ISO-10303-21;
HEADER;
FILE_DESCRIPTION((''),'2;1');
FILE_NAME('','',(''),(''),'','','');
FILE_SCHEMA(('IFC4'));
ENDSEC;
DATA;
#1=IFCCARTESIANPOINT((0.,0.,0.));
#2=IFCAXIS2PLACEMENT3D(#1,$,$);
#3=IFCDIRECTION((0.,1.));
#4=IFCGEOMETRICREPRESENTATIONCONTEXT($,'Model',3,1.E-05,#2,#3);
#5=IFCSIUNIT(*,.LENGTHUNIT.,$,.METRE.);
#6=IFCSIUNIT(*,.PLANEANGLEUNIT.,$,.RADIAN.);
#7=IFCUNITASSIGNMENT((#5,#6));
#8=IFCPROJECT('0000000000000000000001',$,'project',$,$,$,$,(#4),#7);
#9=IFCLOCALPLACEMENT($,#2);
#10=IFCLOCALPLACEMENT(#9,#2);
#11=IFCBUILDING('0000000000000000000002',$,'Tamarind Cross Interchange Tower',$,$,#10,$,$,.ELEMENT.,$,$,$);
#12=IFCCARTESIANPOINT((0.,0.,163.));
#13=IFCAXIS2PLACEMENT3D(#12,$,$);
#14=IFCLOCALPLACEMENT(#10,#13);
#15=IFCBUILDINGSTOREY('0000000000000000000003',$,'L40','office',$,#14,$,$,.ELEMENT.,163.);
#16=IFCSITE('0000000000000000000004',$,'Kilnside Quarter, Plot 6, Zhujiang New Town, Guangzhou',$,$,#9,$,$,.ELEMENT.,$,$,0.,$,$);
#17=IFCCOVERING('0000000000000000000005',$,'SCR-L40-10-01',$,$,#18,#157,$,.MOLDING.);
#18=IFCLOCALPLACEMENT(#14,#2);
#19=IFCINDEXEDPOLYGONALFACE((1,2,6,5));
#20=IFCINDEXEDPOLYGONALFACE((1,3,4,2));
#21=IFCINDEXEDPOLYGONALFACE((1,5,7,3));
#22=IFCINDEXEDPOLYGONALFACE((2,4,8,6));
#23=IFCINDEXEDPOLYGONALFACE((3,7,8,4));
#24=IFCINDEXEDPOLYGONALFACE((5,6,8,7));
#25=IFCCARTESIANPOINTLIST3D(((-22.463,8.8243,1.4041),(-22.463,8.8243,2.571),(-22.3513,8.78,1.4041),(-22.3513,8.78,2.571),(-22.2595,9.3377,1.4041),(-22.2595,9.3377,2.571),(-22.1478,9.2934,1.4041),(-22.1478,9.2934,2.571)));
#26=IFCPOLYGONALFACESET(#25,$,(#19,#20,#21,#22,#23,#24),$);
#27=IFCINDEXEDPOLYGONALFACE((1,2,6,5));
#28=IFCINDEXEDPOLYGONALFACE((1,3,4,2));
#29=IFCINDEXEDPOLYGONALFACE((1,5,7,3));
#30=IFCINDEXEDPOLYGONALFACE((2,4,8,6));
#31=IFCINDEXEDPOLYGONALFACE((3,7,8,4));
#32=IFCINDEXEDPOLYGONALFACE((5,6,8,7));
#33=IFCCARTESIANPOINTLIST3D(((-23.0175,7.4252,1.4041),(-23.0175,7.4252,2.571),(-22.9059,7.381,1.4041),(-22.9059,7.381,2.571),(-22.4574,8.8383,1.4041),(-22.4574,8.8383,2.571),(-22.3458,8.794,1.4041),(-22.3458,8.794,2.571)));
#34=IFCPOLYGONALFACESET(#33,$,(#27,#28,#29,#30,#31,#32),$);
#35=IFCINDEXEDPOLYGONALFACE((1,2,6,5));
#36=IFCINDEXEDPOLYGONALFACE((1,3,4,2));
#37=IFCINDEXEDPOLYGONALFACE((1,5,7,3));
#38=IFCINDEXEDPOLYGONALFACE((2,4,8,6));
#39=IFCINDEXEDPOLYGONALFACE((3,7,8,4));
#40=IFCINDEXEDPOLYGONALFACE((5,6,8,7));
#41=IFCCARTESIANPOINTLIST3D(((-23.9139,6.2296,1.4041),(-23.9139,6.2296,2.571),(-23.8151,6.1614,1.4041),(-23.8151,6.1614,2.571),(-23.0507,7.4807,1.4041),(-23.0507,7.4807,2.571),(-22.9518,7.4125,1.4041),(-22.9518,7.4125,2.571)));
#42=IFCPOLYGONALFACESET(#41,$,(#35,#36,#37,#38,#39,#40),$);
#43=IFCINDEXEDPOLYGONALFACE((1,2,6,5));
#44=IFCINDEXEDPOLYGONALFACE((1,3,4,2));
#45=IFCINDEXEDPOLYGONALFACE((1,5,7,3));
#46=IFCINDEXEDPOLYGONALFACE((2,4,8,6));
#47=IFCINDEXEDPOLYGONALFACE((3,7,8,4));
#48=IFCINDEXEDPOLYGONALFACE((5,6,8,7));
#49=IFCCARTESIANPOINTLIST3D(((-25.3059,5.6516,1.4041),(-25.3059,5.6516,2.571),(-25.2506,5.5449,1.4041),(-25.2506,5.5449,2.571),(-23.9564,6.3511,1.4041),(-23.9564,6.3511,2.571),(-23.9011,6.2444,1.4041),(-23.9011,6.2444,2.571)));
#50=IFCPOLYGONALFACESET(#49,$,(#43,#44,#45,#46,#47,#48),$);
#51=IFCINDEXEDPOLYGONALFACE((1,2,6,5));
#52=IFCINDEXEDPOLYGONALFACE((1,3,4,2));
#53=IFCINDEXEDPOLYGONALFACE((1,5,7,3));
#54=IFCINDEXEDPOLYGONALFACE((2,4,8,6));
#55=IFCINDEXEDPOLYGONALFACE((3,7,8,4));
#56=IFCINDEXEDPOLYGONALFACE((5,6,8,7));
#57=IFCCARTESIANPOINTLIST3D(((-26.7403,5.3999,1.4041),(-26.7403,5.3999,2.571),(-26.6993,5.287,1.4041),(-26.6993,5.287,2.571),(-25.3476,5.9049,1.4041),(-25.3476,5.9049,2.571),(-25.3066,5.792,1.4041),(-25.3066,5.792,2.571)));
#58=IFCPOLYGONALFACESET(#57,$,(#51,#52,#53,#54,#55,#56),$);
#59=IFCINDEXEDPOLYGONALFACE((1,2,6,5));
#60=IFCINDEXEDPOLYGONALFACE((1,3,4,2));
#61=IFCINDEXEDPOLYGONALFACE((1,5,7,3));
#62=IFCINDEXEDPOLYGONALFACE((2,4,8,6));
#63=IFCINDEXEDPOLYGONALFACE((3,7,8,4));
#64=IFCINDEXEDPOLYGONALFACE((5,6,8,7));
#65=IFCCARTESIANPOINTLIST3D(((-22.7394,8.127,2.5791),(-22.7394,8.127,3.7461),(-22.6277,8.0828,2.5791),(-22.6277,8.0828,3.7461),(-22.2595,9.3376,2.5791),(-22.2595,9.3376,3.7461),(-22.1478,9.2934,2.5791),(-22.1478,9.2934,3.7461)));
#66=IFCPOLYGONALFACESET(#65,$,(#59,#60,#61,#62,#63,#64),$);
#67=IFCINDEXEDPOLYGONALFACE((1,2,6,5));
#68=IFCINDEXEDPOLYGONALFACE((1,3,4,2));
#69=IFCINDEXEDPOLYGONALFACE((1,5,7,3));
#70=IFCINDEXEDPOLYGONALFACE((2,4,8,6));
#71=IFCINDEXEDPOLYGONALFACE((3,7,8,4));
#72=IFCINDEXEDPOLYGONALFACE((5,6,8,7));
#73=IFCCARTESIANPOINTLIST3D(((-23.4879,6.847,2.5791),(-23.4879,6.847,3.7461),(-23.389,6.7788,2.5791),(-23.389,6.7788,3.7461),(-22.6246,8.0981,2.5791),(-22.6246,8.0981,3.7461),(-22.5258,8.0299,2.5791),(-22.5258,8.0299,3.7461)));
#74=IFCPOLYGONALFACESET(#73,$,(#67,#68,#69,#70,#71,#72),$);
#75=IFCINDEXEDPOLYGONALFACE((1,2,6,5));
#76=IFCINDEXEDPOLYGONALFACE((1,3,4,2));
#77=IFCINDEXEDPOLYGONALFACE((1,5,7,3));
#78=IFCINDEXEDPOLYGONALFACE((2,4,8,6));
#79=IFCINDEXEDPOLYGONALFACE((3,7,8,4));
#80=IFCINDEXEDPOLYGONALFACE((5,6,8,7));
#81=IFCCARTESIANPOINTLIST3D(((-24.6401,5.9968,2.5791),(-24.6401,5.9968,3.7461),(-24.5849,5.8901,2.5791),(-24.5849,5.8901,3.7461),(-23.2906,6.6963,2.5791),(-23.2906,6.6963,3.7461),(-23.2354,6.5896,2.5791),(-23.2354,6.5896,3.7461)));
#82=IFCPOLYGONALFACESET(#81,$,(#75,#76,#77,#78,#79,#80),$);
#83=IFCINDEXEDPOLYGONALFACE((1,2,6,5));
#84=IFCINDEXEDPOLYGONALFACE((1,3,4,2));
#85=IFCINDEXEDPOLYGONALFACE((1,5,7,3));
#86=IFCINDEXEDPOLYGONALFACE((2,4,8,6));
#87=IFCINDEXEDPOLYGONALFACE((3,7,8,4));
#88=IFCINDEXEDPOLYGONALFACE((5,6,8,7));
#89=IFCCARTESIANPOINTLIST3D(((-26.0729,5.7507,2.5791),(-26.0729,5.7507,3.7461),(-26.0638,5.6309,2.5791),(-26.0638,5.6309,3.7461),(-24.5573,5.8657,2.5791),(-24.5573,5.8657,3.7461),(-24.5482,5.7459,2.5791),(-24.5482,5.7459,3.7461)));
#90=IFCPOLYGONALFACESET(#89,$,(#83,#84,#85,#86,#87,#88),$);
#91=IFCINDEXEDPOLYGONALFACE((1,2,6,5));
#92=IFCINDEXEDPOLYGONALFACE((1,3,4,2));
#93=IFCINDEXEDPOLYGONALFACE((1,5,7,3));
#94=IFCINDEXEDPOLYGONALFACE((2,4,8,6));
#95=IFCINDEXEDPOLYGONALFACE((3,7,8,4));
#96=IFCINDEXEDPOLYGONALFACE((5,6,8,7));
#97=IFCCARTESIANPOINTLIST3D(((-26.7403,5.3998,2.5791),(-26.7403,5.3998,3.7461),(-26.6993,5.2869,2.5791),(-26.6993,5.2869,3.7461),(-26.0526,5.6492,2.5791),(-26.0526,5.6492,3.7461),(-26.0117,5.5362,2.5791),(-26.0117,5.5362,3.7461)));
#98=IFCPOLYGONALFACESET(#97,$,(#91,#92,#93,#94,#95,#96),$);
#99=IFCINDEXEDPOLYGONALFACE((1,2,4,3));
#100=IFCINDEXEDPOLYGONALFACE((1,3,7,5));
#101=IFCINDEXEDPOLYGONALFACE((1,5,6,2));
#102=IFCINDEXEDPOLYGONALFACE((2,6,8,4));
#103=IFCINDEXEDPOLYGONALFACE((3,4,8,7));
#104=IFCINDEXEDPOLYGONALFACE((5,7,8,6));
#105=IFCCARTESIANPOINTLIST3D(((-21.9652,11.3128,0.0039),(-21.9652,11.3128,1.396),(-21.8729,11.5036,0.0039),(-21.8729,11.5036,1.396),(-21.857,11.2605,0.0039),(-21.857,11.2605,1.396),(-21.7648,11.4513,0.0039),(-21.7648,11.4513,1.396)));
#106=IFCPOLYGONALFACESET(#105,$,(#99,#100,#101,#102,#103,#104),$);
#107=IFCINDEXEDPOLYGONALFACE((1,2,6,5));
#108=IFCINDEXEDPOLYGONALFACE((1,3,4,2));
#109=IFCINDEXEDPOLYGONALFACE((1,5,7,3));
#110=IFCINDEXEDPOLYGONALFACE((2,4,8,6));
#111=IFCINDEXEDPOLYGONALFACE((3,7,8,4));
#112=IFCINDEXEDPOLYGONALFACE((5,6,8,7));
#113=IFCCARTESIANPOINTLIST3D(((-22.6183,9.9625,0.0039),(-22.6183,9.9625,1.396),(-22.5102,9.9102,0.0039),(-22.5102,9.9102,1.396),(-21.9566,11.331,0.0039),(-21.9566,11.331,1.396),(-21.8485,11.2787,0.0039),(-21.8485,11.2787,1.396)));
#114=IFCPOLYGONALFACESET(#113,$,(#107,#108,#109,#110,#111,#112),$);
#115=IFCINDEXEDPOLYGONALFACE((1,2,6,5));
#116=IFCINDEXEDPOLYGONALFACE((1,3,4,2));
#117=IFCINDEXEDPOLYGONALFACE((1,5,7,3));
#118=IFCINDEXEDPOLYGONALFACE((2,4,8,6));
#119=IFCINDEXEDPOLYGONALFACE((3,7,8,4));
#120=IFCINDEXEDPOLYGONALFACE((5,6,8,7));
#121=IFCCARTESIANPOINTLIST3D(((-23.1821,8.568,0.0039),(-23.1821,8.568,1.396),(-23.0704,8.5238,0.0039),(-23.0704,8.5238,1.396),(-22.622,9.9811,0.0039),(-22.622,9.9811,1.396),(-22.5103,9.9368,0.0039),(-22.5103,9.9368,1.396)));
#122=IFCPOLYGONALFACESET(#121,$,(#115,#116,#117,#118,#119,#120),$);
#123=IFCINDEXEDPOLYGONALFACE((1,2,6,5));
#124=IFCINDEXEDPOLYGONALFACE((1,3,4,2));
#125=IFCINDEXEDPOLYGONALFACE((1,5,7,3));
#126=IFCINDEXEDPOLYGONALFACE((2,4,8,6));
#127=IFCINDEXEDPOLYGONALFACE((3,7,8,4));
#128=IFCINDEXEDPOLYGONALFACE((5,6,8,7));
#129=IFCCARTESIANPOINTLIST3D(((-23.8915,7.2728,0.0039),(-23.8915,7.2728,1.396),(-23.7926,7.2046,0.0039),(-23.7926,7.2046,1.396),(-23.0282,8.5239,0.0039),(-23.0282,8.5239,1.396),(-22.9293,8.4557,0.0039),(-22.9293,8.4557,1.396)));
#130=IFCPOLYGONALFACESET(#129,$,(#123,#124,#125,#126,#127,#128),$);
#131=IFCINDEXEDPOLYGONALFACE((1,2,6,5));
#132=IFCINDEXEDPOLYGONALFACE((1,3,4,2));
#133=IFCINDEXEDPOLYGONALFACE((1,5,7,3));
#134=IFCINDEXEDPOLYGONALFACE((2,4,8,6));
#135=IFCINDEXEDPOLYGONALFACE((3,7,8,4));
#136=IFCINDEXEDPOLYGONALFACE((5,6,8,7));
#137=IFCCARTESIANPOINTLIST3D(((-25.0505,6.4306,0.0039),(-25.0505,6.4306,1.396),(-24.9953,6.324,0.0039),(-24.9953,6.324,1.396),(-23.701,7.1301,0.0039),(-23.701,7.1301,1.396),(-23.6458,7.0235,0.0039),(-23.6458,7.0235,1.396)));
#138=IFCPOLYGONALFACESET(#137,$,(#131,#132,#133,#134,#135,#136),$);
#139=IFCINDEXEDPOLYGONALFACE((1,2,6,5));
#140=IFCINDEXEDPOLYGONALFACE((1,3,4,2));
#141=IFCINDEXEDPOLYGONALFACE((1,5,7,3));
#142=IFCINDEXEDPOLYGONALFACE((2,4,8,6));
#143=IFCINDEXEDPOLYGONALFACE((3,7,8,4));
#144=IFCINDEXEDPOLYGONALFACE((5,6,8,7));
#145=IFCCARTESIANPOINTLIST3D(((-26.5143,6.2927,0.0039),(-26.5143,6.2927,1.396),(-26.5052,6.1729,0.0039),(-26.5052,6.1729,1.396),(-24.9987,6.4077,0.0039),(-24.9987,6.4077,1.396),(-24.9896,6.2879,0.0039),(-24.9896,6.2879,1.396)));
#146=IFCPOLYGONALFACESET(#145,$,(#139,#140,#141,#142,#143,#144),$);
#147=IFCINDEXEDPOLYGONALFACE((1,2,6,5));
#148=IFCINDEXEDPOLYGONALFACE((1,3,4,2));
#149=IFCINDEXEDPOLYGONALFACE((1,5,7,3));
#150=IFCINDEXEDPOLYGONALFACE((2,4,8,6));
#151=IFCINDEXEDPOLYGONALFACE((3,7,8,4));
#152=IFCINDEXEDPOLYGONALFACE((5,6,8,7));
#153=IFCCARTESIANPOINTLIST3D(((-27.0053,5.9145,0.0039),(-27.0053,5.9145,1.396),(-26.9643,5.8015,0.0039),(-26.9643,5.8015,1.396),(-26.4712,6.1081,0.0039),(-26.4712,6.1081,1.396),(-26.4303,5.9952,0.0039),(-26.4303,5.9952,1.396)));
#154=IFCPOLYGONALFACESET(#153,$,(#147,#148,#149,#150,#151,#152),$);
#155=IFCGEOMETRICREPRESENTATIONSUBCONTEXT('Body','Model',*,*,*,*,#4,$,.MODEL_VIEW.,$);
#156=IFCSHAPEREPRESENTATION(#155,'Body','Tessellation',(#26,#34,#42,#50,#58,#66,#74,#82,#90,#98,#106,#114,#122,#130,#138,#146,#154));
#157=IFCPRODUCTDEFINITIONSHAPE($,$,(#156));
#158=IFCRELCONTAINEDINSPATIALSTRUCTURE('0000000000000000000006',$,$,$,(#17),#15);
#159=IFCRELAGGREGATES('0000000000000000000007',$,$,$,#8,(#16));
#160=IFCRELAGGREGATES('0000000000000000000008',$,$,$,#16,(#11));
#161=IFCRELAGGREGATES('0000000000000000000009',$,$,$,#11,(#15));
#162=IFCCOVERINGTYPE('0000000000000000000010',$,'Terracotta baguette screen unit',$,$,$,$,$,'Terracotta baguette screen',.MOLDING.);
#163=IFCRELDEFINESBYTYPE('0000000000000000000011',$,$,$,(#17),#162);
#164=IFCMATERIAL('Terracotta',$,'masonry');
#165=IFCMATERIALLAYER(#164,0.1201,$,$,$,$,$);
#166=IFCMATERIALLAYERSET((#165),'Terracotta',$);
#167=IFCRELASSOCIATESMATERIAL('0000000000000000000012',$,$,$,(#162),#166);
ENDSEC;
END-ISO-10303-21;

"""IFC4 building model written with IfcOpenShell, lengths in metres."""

from ifc_helpers import new_model, si_unit, direction, frame, origin, origin_2d, place, context, subcontext, project, spatial, rectangle, extrude, material, layer, layer_set, type_object, element, save


model = new_model("IFC4")

# Units and contexts
model_context = context("Model", 3, precision=1e-05, world=origin(), true_north=direction((0.0, 1.0)))
body_context = subcontext(model_context, "Body", "Model", "MODEL_VIEW")
ifc_project = project(units=[si_unit("LENGTHUNIT", "METRE"), si_unit("PLANEANGLEUNIT", "RADIAN")], contexts=[model_context])

# Site, building, storey
site_placement = place(None, origin())
site = spatial("IfcSite", under=ifc_project, at=site_placement, Name="Kilnside Quarter, Plot 6, Zhujiang New Town, Guangzhou", CompositionType="ELEMENT", RefElevation=0.0)
building_placement = place(site_placement, origin())
building = spatial("IfcBuilding", under=site, at=building_placement, Name="Tamarind Cross Interchange Tower", CompositionType="ELEMENT")
storey_placement = place(building_placement, frame((0.0, 0.0, 163.0)))
storey = spatial("IfcBuildingStorey", under=building, at=storey_placement, Name="L40", Description="office", CompositionType="ELEMENT", Elevation=163.0)

# Covering
ifc_material_1 = material(Name="Terracotta", Category="masonry")
ifc_layer_1 = layer(ifc_material_1, 0.1201)
ifc_layer_set_1 = layer_set([ifc_layer_1], Name="Terracotta")
covering_type = type_object("IfcCoveringType", Name="Terracotta baguette screen unit", ElementType="Terracotta baguette screen", PredefinedType="MOLDING", material=ifc_layer_set_1)
covering_1_placement = place(storey_placement, origin())
element("IfcCovering", 1, at=covering_1_placement, inside=storey, type_object=covering_type, Name="SCR-L40-10-01", PredefinedType="MOLDING", context=body_context, shape_type="SweptSolid", body=[
    extrude(rectangle(XDim=0.5522, YDim=0.1201, at=origin_2d()), frame((-22.3054, 9.0588, 1.4041), z_axis=(0.0, 0.0, 1.0), x_axis=(-0.368473, -0.929639, 0.0)), (0.0, 0.0, 1.0), 1.167),
    extrude(rectangle(XDim=1.52, YDim=0.1201, at=origin_2d()), frame((-22.6816, 8.1096, 1.4041), z_axis=(0.0, 0.0, 1.0), x_axis=(-0.368473, -0.929639, 0.0)), (0.0, 0.0, 1.0), 1.167),
    extrude(rectangle(XDim=1.52, YDim=0.1201, at=origin_2d()), frame((-23.4329, 6.821, 1.4041), z_axis=(0.0, 0.0, 1.0), x_axis=(-0.567917, -0.823086, 0.0)), (0.0, 0.0, 1.0), 1.167),
    extrude(rectangle(XDim=1.52, YDim=0.1201, at=origin_2d()), frame((-24.6035, 5.948, 1.4041), z_axis=(0.0, 0.0, 1.0), x_axis=(-0.88782, -0.460192, 0.0)), (0.0, 0.0, 1.0), 1.167),
    extrude(rectangle(XDim=1.4814, YDim=0.1201, at=origin_2d()), frame((-26.0234, 5.5959, 1.4041), z_axis=(0.0, 0.0, 1.0), x_axis=(-0.940102, -0.340894, 0.0)), (0.0, 0.0, 1.0), 1.167),
    extrude(rectangle(XDim=1.3022, YDim=0.1201, at=origin_2d()), frame((-22.4436, 8.7102, 2.5791), z_axis=(0.0, 0.0, 1.0), x_axis=(-0.368473, -0.929639, 0.0)), (0.0, 0.0, 1.0), 1.167),
    extrude(rectangle(XDim=1.52, YDim=0.1201, at=origin_2d()), frame((-23.0068, 7.4385, 2.5791), z_axis=(0.0, 0.0, 1.0), x_axis=(-0.567917, -0.823086, 0.0)), (0.0, 0.0, 1.0), 1.167),
    extrude(rectangle(XDim=1.52, YDim=0.1201, at=origin_2d()), frame((-23.9377, 6.2932, 2.5791), z_axis=(0.0, 0.0, 1.0), x_axis=(-0.88782, -0.460192, 0.0)), (0.0, 0.0, 1.0), 1.167),
    extrude(rectangle(XDim=1.52, YDim=0.1201, at=origin_2d()), frame((-25.3105, 5.7483, 2.5791), z_axis=(0.0, 0.0, 1.0), x_axis=(-0.997133, -0.075666, 0.0)), (0.0, 0.0, 1.0), 1.167),
    extrude(rectangle(XDim=0.7314, YDim=0.1201, at=origin_2d()), frame((-26.376, 5.468, 2.5791), z_axis=(0.0, 0.0, 1.0), x_axis=(-0.940102, -0.340894, 0.0)), (0.0, 0.0, 1.0), 1.167),
    extrude(rectangle(XDim=0.2119, YDim=0.1201, at=origin_2d()), frame((-21.865, 11.3821, 0.0039), z_axis=(0.0, 0.0, 1.0), x_axis=(-0.435326, -0.900273, 0.0)), (0.0, 0.0, 1.0), 1.3921),
    extrude(rectangle(XDim=1.52, YDim=0.1201, at=origin_2d()), frame((-22.2334, 10.6206, 0.0039), z_axis=(0.0, 0.0, 1.0), x_axis=(-0.435326, -0.900273, 0.0)), (0.0, 0.0, 1.0), 1.3921),
    extrude(rectangle(XDim=1.52, YDim=0.1201, at=origin_2d()), frame((-22.8462, 9.2524, 0.0039), z_axis=(0.0, 0.0, 1.0), x_axis=(-0.368473, -0.929639, 0.0)), (0.0, 0.0, 1.0), 1.3921),
    extrude(rectangle(XDim=1.52, YDim=0.1201, at=origin_2d()), frame((-23.4104, 7.8643, 0.0039), z_axis=(0.0, 0.0, 1.0), x_axis=(-0.567917, -0.823086, 0.0)), (0.0, 0.0, 1.0), 1.3921),
    extrude(rectangle(XDim=1.52, YDim=0.1201, at=origin_2d()), frame((-24.3481, 6.7271, 0.0039), z_axis=(0.0, 0.0, 1.0), x_axis=(-0.88782, -0.460192, 0.0)), (0.0, 0.0, 1.0), 1.3921),
    extrude(rectangle(XDim=1.52, YDim=0.1201, at=origin_2d()), frame((-25.752, 6.2903, 0.0039), z_axis=(0.0, 0.0, 1.0), x_axis=(-0.997133, -0.075666, 0.0)), (0.0, 0.0, 1.0), 1.3921),
    extrude(rectangle(XDim=0.5681, YDim=0.1201, at=origin_2d()), frame((-26.7178, 5.9548, 0.0039), z_axis=(0.0, 0.0, 1.0), x_axis=(-0.940102, -0.340894, 0.0)), (0.0, 0.0, 1.0), 1.3921),
])

save(model, "model.ifc")
